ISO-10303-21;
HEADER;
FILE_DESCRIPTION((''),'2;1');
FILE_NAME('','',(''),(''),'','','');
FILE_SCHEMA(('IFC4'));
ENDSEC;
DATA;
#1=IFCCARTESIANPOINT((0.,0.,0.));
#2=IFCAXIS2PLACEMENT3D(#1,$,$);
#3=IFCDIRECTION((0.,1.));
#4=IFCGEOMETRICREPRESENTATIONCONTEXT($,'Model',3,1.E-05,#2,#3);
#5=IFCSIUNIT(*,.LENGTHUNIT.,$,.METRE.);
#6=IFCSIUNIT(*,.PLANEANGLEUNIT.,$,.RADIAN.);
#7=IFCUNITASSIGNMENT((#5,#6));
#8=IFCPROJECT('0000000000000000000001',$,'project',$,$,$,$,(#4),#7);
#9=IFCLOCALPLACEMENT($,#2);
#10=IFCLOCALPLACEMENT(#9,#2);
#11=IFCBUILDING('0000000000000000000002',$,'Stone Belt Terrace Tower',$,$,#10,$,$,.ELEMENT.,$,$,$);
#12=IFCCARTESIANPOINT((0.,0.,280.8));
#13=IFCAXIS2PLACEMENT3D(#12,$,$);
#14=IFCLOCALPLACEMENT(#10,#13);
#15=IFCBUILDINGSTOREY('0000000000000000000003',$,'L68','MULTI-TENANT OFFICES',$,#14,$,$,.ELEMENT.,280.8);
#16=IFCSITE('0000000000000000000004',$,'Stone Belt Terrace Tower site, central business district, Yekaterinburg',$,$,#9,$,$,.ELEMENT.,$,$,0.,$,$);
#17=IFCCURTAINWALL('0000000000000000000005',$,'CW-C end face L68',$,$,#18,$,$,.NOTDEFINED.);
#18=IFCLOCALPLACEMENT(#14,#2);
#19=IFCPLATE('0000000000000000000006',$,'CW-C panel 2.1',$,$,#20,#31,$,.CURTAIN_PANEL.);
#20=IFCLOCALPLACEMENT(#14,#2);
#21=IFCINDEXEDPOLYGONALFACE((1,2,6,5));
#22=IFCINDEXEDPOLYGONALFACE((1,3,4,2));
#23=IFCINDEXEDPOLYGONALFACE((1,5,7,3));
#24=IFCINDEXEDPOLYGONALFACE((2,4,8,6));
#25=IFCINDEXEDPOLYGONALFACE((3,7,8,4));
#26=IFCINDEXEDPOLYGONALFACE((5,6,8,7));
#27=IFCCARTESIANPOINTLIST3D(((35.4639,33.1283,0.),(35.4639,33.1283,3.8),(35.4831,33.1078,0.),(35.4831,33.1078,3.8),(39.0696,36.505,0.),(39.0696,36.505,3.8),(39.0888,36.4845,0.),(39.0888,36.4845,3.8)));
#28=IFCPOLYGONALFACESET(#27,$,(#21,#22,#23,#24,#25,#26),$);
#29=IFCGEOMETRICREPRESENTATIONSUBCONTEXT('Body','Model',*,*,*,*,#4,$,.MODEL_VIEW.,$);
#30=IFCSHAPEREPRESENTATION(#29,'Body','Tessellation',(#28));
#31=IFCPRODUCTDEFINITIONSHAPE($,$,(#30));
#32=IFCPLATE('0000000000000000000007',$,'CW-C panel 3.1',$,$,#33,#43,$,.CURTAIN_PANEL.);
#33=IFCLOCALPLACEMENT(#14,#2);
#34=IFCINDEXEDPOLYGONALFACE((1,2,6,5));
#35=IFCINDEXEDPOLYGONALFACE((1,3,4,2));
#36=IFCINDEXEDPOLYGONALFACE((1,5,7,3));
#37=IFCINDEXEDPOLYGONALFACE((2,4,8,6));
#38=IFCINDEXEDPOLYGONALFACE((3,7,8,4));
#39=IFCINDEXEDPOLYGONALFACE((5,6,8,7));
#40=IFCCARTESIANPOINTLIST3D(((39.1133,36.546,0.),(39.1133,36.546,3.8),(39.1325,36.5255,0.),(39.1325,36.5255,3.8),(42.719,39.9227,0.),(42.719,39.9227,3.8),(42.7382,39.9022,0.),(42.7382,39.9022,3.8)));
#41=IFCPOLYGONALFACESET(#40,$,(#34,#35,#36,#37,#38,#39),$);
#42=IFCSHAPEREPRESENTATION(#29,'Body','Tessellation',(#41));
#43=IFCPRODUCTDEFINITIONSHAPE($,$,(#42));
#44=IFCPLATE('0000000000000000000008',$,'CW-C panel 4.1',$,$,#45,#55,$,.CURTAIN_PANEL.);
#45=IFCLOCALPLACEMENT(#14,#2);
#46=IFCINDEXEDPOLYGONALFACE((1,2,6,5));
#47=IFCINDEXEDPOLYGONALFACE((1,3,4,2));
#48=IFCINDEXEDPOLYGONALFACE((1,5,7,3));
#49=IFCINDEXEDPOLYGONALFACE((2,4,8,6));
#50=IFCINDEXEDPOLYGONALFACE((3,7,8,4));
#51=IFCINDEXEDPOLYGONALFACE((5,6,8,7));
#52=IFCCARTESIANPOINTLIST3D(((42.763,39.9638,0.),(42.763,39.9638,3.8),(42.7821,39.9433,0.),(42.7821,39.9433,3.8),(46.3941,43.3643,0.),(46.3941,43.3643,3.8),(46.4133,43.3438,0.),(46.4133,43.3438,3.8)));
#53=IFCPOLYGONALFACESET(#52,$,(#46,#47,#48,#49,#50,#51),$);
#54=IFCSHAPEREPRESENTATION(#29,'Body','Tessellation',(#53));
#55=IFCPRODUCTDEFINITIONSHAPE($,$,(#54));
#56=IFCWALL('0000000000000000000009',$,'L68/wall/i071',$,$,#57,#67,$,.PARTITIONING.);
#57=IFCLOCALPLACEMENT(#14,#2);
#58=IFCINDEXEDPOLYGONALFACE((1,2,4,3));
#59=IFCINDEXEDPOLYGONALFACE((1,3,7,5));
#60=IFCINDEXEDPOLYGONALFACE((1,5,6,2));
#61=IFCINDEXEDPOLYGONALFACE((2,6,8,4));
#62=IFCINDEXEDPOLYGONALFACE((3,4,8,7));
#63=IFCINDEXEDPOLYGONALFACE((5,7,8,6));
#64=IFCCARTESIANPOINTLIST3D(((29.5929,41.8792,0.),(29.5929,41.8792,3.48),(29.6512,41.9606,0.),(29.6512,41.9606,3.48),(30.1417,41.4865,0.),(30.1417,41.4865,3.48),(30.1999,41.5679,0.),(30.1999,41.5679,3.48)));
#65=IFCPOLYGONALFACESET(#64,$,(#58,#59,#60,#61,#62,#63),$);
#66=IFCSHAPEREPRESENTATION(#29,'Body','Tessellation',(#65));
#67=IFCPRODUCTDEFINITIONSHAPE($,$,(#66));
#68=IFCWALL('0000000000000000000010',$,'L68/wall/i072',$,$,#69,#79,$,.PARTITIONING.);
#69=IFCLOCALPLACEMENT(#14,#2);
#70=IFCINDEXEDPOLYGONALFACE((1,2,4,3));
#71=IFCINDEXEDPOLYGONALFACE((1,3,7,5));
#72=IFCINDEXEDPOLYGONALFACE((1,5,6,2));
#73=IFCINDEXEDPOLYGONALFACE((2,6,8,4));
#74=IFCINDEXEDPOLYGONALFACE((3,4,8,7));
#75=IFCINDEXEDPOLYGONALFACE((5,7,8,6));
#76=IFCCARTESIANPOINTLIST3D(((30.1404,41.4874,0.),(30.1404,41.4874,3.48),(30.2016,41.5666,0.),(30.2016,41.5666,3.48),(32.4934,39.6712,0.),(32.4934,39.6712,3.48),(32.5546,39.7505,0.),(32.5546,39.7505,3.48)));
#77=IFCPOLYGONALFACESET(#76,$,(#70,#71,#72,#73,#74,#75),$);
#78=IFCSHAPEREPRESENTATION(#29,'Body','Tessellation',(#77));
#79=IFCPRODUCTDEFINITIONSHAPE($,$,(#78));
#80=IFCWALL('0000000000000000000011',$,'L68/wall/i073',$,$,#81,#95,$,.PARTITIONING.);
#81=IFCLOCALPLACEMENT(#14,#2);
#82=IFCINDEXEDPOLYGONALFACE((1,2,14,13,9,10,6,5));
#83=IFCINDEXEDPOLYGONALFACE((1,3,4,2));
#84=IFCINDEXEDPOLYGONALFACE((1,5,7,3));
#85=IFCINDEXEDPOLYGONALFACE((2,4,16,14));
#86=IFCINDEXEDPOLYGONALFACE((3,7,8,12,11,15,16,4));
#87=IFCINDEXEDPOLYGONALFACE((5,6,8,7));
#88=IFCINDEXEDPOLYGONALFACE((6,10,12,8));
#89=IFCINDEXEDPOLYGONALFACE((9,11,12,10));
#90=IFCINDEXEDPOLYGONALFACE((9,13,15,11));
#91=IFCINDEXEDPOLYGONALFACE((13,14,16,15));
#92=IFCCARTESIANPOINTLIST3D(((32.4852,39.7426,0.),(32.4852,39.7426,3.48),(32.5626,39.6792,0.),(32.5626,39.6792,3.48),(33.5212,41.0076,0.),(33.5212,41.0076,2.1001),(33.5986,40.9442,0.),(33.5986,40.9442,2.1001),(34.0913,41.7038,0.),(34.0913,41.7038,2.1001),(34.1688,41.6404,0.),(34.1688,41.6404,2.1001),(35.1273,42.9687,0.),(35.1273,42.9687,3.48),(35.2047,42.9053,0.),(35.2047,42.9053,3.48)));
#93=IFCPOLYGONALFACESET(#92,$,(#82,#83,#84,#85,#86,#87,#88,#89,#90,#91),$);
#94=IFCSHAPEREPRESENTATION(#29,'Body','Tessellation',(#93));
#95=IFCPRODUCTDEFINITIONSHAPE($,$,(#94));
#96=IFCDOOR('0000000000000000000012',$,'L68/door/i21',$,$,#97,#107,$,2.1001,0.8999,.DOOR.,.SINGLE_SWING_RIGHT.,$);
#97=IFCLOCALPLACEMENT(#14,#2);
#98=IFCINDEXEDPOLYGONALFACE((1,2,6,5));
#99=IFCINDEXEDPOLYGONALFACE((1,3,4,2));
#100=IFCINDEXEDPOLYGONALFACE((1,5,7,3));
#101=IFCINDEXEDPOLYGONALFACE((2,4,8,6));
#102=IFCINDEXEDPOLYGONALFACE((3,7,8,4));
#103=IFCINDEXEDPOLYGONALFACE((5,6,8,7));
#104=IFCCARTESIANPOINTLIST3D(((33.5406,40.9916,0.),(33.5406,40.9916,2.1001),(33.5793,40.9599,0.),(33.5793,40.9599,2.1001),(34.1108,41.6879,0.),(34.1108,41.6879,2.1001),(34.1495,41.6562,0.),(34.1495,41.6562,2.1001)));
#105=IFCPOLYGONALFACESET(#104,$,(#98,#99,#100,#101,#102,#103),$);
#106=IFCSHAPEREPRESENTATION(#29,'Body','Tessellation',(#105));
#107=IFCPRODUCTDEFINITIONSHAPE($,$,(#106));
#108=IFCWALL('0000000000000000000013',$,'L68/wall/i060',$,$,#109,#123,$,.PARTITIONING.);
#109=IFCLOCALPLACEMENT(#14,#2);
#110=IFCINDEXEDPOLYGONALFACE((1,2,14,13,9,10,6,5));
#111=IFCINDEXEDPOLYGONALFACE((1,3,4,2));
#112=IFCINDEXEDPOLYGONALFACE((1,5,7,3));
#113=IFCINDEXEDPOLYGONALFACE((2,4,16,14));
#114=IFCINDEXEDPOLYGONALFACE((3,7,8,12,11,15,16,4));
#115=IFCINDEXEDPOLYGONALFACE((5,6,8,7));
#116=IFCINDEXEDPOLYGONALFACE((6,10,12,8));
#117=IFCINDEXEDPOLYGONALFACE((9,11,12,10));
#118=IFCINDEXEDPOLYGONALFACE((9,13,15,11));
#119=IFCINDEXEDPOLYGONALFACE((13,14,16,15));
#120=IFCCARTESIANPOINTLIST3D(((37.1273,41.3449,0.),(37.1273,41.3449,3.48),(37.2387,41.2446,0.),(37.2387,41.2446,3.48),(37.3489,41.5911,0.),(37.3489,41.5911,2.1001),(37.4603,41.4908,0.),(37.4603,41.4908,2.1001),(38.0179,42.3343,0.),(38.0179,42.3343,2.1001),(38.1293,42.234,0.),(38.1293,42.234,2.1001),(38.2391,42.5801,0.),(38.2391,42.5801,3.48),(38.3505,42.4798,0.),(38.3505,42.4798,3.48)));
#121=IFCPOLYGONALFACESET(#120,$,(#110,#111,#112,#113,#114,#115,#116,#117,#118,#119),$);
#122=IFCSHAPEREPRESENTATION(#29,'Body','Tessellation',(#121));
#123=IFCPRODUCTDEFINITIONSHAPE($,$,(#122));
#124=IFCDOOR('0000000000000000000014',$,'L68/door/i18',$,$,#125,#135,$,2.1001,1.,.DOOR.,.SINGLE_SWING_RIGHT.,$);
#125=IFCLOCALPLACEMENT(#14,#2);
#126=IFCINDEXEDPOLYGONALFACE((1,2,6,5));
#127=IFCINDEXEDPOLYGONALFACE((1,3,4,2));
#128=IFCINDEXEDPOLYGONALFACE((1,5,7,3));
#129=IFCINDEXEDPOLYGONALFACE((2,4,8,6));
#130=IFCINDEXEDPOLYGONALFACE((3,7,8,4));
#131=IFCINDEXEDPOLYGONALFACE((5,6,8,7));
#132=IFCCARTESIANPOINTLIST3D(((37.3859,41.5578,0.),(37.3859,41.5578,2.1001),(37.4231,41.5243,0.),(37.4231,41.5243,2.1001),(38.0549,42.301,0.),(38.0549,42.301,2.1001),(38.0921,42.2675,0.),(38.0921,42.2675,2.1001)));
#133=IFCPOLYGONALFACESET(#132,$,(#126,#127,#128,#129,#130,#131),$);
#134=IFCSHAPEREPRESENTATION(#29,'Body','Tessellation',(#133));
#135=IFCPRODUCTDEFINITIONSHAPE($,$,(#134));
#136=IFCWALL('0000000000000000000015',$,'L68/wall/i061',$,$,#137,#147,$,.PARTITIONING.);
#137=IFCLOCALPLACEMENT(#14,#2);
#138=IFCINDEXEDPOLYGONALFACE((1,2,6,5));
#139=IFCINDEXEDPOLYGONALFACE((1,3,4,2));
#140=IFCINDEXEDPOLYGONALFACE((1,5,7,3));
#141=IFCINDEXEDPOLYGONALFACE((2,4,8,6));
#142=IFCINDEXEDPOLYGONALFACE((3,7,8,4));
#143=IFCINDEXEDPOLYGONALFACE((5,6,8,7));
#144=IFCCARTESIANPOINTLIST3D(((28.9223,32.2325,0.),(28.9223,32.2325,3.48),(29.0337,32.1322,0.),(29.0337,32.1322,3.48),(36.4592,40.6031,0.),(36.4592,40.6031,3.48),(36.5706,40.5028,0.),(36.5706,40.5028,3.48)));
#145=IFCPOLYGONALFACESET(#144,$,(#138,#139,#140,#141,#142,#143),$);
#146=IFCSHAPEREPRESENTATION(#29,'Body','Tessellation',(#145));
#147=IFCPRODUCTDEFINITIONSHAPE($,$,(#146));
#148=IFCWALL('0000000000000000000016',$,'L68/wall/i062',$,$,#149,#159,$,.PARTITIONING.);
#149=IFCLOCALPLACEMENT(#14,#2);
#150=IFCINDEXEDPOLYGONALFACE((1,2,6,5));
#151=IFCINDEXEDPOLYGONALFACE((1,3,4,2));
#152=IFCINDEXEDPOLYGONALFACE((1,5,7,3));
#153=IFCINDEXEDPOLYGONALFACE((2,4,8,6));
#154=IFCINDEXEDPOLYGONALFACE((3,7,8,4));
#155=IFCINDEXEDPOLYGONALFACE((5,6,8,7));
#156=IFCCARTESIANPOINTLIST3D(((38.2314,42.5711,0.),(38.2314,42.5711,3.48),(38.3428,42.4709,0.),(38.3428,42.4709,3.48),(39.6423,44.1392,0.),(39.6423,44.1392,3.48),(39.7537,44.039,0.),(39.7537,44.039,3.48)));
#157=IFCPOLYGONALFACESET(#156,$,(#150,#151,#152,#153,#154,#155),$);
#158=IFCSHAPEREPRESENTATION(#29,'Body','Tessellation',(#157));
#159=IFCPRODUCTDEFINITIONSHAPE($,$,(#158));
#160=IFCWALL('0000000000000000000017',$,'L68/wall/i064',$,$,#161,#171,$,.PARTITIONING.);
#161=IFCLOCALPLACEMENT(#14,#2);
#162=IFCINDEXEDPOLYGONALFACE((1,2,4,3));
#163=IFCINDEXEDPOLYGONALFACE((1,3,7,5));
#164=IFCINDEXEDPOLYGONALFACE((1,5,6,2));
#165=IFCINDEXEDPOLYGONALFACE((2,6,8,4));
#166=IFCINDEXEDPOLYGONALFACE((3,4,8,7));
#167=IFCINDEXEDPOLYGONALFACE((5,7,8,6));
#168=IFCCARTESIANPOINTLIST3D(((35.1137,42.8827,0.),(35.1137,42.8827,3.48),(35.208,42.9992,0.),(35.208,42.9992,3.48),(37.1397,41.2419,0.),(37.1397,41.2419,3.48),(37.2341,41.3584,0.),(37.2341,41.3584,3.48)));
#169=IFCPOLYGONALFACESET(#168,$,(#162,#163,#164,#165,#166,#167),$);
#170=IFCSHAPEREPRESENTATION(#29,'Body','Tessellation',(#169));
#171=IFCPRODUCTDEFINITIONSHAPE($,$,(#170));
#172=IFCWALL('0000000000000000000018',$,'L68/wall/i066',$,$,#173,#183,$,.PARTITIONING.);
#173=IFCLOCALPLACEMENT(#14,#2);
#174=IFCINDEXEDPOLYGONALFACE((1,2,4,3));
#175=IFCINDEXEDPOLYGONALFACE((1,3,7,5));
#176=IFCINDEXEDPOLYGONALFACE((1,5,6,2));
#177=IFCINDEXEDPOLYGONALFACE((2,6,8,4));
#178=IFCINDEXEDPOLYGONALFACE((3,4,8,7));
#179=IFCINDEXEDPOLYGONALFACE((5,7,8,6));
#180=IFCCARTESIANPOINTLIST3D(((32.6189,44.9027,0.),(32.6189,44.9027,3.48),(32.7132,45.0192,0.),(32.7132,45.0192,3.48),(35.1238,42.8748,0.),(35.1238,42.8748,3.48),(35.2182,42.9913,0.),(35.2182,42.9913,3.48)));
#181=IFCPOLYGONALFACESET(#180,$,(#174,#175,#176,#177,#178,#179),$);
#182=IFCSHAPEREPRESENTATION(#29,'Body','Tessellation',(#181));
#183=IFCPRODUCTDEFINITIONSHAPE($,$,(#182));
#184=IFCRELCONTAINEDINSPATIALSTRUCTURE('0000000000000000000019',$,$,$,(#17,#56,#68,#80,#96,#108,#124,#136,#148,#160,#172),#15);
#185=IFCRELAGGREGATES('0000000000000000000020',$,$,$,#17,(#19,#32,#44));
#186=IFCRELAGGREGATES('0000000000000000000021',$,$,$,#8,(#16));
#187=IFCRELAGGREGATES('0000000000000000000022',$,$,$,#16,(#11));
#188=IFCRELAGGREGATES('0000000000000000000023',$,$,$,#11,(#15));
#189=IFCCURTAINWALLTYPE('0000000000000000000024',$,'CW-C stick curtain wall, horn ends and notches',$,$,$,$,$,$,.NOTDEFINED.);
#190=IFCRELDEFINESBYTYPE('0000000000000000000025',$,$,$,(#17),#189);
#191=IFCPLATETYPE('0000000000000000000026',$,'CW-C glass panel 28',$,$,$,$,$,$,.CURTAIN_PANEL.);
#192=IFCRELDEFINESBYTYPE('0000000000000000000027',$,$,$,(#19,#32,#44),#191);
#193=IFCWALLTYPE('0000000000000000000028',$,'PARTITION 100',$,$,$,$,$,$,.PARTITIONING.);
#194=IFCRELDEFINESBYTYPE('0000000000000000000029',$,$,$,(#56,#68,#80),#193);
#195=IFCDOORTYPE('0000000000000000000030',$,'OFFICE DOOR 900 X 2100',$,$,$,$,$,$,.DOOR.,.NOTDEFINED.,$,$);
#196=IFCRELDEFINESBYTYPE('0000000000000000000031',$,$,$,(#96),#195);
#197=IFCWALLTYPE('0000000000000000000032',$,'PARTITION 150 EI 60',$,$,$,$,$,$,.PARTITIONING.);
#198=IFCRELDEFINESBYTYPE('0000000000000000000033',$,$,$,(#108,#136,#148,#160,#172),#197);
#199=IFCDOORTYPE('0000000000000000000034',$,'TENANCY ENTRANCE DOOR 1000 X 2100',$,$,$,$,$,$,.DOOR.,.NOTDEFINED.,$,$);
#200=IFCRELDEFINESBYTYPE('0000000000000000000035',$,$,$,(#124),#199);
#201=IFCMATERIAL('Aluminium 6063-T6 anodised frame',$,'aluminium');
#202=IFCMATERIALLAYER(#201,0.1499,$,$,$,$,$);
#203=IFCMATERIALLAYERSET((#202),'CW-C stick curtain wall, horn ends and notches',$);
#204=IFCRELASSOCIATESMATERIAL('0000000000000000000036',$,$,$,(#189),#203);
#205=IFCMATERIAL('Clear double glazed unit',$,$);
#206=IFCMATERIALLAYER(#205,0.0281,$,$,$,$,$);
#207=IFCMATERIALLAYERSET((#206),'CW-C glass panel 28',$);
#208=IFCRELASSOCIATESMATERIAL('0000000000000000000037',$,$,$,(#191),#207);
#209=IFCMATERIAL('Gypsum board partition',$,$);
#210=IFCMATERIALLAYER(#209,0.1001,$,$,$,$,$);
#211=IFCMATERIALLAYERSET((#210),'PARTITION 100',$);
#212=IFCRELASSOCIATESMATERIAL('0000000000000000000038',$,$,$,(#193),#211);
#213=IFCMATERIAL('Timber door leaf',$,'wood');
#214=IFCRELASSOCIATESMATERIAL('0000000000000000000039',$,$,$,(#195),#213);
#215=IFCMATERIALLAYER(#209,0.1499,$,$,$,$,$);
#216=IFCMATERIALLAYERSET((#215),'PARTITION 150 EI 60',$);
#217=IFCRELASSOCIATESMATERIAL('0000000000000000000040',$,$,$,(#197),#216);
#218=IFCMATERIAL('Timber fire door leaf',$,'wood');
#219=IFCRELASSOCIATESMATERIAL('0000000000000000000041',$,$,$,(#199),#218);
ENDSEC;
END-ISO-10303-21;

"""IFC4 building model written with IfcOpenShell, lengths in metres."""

from ifc_helpers import new_model, si_unit, direction, frame, frame_2d, origin, origin_2d, place, context, subcontext, project, spatial, rectangle, extrude, material, layer, layer_set, type_object, element, fill, aggregate, save


model = new_model("IFC4")

# Units and contexts
model_context = context("Model", 3, precision=1e-05, world=origin(), true_north=direction((0.0, 1.0)))
body_context = subcontext(model_context, "Body", "Model", "MODEL_VIEW")
ifc_project = project(units=[si_unit("LENGTHUNIT", "METRE"), si_unit("PLANEANGLEUNIT", "RADIAN")], contexts=[model_context])

# Site, building, storey
site_placement = place(None, origin())
site = spatial("IfcSite", under=ifc_project, at=site_placement, Name="Stone Belt Terrace Tower site, central business district, Yekaterinburg", CompositionType="ELEMENT", RefElevation=0.0)
building_placement = place(site_placement, origin())
building = spatial("IfcBuilding", under=site, at=building_placement, Name="Stone Belt Terrace Tower", CompositionType="ELEMENT")
storey_placement = place(building_placement, frame((0.0, 0.0, 280.8)))
storey = spatial("IfcBuildingStorey", under=building, at=storey_placement, Name="L68", Description="MULTI-TENANT OFFICES", CompositionType="ELEMENT", Elevation=280.8)

# Curtain wall
ifc_material_1 = material(Name="Aluminium 6063-T6 anodised frame", Category="aluminium")
ifc_layer_1 = layer(ifc_material_1, 0.1499)
ifc_layer_set_1 = layer_set([ifc_layer_1], Name="CW-C stick curtain wall, horn ends and notches")
curtain_wall_type = type_object("IfcCurtainWallType", Name="CW-C stick curtain wall, horn ends and notches", PredefinedType="NOTDEFINED", material=ifc_layer_set_1)
curtain_wall_1_placement = place(storey_placement, origin())
curtain_wall_1 = element("IfcCurtainWall", 1, at=curtain_wall_1_placement, inside=storey, type_object=curtain_wall_type, Name="CW-C end face L68", PredefinedType="NOTDEFINED")

# Plates
ifc_material_2 = material(Name="Clear double glazed unit")
ifc_layer_2 = layer(ifc_material_2, 0.0281)
ifc_layer_set_2 = layer_set([ifc_layer_2], Name="CW-C glass panel 28")
plate_type = type_object("IfcPlateType", Name="CW-C glass panel 28", PredefinedType="CURTAIN_PANEL", material=ifc_layer_set_2)
plate_1_placement = place(storey_placement, frame((37.2764, 34.8064, 0.0), z_axis=(0.0, 0.0, 1.0), x_axis=(0.729904, 0.683549, 0.0)))
plate_1 = element("IfcPlate", 2, at=plate_1_placement, type_object=plate_type, Name="CW-C panel 2.1", PredefinedType="CURTAIN_PANEL", context=body_context, shape_type="SweptSolid", body=[
    extrude(rectangle(XDim=4.9399, YDim=0.0281, at=origin_2d()), origin(), (0.0, 0.0, 1.0), 3.8),
])
plate_2_placement = place(storey_placement, frame((40.9258, 38.2241, 0.0), z_axis=(0.0, 0.0, 1.0), x_axis=(0.729904, 0.683549, 0.0)))
plate_2 = element("IfcPlate", 3, at=plate_2_placement, type_object=plate_type, Name="CW-C panel 3.1", PredefinedType="CURTAIN_PANEL", context=body_context, shape_type="SweptSolid", body=[
    extrude(rectangle(XDim=4.9399, YDim=0.0281, at=origin_2d()), origin(), (0.0, 0.0, 1.0), 3.8),
])
plate_3_placement = place(storey_placement, frame((44.5881, 41.6538, 0.0), z_axis=(0.0, 0.0, 1.0), x_axis=(0.729904, 0.683549, 0.0)))
plate_3 = element("IfcPlate", 4, at=plate_3_placement, type_object=plate_type, Name="CW-C panel 4.1", PredefinedType="CURTAIN_PANEL", context=body_context, shape_type="SweptSolid", body=[
    extrude(rectangle(XDim=4.9749, YDim=0.0281, at=origin_2d()), origin(), (0.0, 0.0, 1.0), 3.8),
])
aggregate(curtain_wall_1, [plate_1, plate_2, plate_3])

# Walls
ifc_material_3 = material(Name="Gypsum board partition")
ifc_layer_3 = layer(ifc_material_3, 0.1001)
ifc_layer_set_3 = layer_set([ifc_layer_3], Name="PARTITION 100")
wall_type_1 = type_object("IfcWallType", Name="PARTITION 100", PredefinedType="PARTITIONING", material=ifc_layer_set_3)
wall_1_placement = place(storey_placement, frame((29.6221, 41.9199, 0.0), z_axis=(0.0, 0.0, 1.0), x_axis=(0.813171, -0.582025, 0.0)))
element("IfcWall", 5, at=wall_1_placement, inside=storey, type_object=wall_type_1, Name="L68/wall/i071", PredefinedType="PARTITIONING", context=body_context, shape_type="SweptSolid", body=[
    extrude(rectangle(XDim=0.6748, YDim=0.1001, at=frame_2d((0.3374, 0.0))), origin(), (0.0, 0.0, 1.0), 3.48),
])
wall_2_placement = place(storey_placement, frame((30.1709, 41.5271, 0.0), z_axis=(0.0, 0.0, 1.0), x_axis=(0.791624, -0.611008, 0.0)))
element("IfcWall", 6, at=wall_2_placement, inside=storey, type_object=wall_type_1, Name="L68/wall/i072", PredefinedType="PARTITIONING", context=body_context, shape_type="SweptSolid", body=[
    extrude(rectangle(XDim=2.9724, YDim=0.1001, at=frame_2d((1.4863, 0.0))), origin(), (0.0, 0.0, 1.0), 3.48),
])

# Walls, openings, doors
wall_3_placement = place(storey_placement, frame((32.5239, 39.7109, 0.0), z_axis=(0.0, 0.0, 1.0), x_axis=(0.633608, 0.773655, 0.0)))
wall_3 = element("IfcWall", 7, at=wall_3_placement, inside=storey, type_object=wall_type_1, Name="L68/wall/i073", PredefinedType="PARTITIONING", context=body_context, shape_type="SweptSolid", body=[
    extrude(rectangle(XDim=4.1699, YDim=0.1001, at=frame_2d((2.085, 0.0))), origin(), (0.0, 0.0, 1.0), 3.48),
])
opening_1_placement = place(wall_3_placement, frame((1.635, 0.0, 0.0)))
opening_1 = element("IfcOpeningElement", 8, at=opening_1_placement, cuts=wall_3, PredefinedType="OPENING", context=body_context, shape_type="SweptSolid", body=[
    extrude(rectangle(XDim=0.8999, YDim=2.1001, at=frame_2d((0.45, 1.05))), frame((0.0, 0.0601, 0.0), z_axis=(0.0, -1.0, 0.0), x_axis=(1.0, 0.0, 0.0)), (0.0, 0.0, 1.0), 0.1201),
])
ifc_material_4 = material(Name="Timber door leaf", Category="wood")
door_type_1 = type_object("IfcDoorType", Name="OFFICE DOOR 900 X 2100", OperationType="NOTDEFINED", PredefinedType="DOOR", material=ifc_material_4)
door_1_placement = place(opening_1_placement, origin())
door_1 = element("IfcDoor", 9, at=door_1_placement, inside=storey, type_object=door_type_1, Name="L68/door/i21", OperationType="SINGLE_SWING_RIGHT", OverallHeight=2.1001, OverallWidth=0.8999, PredefinedType="DOOR", context=body_context, shape_type="SweptSolid", body=[
    extrude(rectangle(XDim=0.8999, YDim=2.1001, at=frame_2d((0.45, 1.05))), frame((0.0, 0.0249, 0.0), z_axis=(0.0, -1.0, 0.0), x_axis=(1.0, 0.0, 0.0)), (0.0, 0.0, 1.0), 0.05),
])
fill(opening_1, door_1)
ifc_layer_4 = layer(ifc_material_3, 0.1499)
ifc_layer_set_4 = layer_set([ifc_layer_4], Name="PARTITION 150 EI 60")
wall_type_2 = type_object("IfcWallType", Name="PARTITION 150 EI 60", PredefinedType="PARTITIONING", material=ifc_layer_set_4)
wall_4_placement = place(storey_placement, frame((38.2949, 42.53, 0.0), z_axis=(0.0, 0.0, 1.0), x_axis=(-0.669038, -0.743228, 0.0)))
wall_4 = element("IfcWall", 10, at=wall_4_placement, inside=storey, type_object=wall_type_2, Name="L68/wall/i060", PredefinedType="PARTITIONING", context=body_context, shape_type="SweptSolid", body=[
    extrude(rectangle(XDim=1.6619, YDim=0.1499, at=frame_2d((0.8311, 0.0))), origin(), (0.0, 0.0, 1.0), 3.48),
])
opening_2_placement = place(wall_4_placement, frame((0.3308, 0.0, 0.0)))
opening_2 = element("IfcOpeningElement", 11, at=opening_2_placement, cuts=wall_4, PredefinedType="OPENING", context=body_context, shape_type="SweptSolid", body=[
    extrude(rectangle(XDim=1.0, YDim=2.1001, at=frame_2d((0.5, 1.05))), frame((0.0, 0.085, 0.0), z_axis=(0.0, -1.0, 0.0), x_axis=(1.0, 0.0, 0.0)), (0.0, 0.0, 1.0), 0.1699),
])
ifc_material_5 = material(Name="Timber fire door leaf", Category="wood")
door_type_2 = type_object("IfcDoorType", Name="TENANCY ENTRANCE DOOR 1000 X 2100", OperationType="NOTDEFINED", PredefinedType="DOOR", material=ifc_material_5)
door_2_placement = place(opening_2_placement, origin())
door_2 = element("IfcDoor", 12, at=door_2_placement, inside=storey, type_object=door_type_2, Name="L68/door/i18", OperationType="SINGLE_SWING_RIGHT", OverallHeight=2.1001, OverallWidth=1.0, PredefinedType="DOOR", context=body_context, shape_type="SweptSolid", body=[
    extrude(rectangle(XDim=1.0, YDim=2.1001, at=frame_2d((0.5, 1.05))), frame((0.0, 0.0249, 0.0), z_axis=(0.0, -1.0, 0.0), x_axis=(1.0, 0.0, 0.0)), (0.0, 0.0, 1.0), 0.05),
])
fill(opening_2, door_2)

# Walls
wall_5_placement = place(storey_placement, frame((28.978, 32.1824, 0.0), z_axis=(0.0, 0.0, 1.0), x_axis=(0.669128, 0.743148, 0.0)))
element("IfcWall", 13, at=wall_5_placement, inside=storey, type_object=wall_type_2, Name="L68/wall/i061", PredefinedType="PARTITIONING", context=body_context, shape_type="SweptSolid", body=[
    extrude(rectangle(XDim=11.2637, YDim=0.1499, at=frame_2d((5.6318, 0.0))), origin(), (0.0, 0.0, 1.0), 3.48),
])
wall_6_placement = place(storey_placement, frame((38.2871, 42.521, 0.0), z_axis=(0.0, 0.0, 1.0), x_axis=(0.668856, 0.743392, 0.0)))
element("IfcWall", 14, at=wall_6_placement, inside=storey, type_object=wall_type_2, Name="L68/wall/i062", PredefinedType="PARTITIONING", context=body_context, shape_type="SweptSolid", body=[
    extrude(rectangle(XDim=2.1094, YDim=0.1499, at=frame_2d((1.0547, 0.0))), origin(), (0.0, 0.0, 1.0), 3.48),
])
wall_7_placement = place(storey_placement, frame((37.187, 41.3, 0.0), z_axis=(0.0, 0.0, 1.0), x_axis=(-0.777118, 0.629354, 0.0)))
element("IfcWall", 15, at=wall_7_placement, inside=storey, type_object=wall_type_2, Name="L68/wall/i064", PredefinedType="PARTITIONING", context=body_context, shape_type="SweptSolid", body=[
    extrude(rectangle(XDim=2.6072, YDim=0.1499, at=frame_2d((1.3037, 0.0))), origin(), (0.0, 0.0, 1.0), 3.48),
])
wall_8_placement = place(storey_placement, frame((35.1709, 42.9331, 0.0), z_axis=(0.0, 0.0, 1.0), x_axis=(-0.777234, 0.629211, 0.0)))
element("IfcWall", 16, at=wall_8_placement, inside=storey, type_object=wall_type_2, Name="L68/wall/i066", PredefinedType="PARTITIONING", context=body_context, shape_type="SweptSolid", body=[
    extrude(rectangle(XDim=3.2229, YDim=0.1499, at=frame_2d((1.6113, 0.0))), origin(), (0.0, 0.0, 1.0), 3.48),
])

save(model, "model.ifc")
